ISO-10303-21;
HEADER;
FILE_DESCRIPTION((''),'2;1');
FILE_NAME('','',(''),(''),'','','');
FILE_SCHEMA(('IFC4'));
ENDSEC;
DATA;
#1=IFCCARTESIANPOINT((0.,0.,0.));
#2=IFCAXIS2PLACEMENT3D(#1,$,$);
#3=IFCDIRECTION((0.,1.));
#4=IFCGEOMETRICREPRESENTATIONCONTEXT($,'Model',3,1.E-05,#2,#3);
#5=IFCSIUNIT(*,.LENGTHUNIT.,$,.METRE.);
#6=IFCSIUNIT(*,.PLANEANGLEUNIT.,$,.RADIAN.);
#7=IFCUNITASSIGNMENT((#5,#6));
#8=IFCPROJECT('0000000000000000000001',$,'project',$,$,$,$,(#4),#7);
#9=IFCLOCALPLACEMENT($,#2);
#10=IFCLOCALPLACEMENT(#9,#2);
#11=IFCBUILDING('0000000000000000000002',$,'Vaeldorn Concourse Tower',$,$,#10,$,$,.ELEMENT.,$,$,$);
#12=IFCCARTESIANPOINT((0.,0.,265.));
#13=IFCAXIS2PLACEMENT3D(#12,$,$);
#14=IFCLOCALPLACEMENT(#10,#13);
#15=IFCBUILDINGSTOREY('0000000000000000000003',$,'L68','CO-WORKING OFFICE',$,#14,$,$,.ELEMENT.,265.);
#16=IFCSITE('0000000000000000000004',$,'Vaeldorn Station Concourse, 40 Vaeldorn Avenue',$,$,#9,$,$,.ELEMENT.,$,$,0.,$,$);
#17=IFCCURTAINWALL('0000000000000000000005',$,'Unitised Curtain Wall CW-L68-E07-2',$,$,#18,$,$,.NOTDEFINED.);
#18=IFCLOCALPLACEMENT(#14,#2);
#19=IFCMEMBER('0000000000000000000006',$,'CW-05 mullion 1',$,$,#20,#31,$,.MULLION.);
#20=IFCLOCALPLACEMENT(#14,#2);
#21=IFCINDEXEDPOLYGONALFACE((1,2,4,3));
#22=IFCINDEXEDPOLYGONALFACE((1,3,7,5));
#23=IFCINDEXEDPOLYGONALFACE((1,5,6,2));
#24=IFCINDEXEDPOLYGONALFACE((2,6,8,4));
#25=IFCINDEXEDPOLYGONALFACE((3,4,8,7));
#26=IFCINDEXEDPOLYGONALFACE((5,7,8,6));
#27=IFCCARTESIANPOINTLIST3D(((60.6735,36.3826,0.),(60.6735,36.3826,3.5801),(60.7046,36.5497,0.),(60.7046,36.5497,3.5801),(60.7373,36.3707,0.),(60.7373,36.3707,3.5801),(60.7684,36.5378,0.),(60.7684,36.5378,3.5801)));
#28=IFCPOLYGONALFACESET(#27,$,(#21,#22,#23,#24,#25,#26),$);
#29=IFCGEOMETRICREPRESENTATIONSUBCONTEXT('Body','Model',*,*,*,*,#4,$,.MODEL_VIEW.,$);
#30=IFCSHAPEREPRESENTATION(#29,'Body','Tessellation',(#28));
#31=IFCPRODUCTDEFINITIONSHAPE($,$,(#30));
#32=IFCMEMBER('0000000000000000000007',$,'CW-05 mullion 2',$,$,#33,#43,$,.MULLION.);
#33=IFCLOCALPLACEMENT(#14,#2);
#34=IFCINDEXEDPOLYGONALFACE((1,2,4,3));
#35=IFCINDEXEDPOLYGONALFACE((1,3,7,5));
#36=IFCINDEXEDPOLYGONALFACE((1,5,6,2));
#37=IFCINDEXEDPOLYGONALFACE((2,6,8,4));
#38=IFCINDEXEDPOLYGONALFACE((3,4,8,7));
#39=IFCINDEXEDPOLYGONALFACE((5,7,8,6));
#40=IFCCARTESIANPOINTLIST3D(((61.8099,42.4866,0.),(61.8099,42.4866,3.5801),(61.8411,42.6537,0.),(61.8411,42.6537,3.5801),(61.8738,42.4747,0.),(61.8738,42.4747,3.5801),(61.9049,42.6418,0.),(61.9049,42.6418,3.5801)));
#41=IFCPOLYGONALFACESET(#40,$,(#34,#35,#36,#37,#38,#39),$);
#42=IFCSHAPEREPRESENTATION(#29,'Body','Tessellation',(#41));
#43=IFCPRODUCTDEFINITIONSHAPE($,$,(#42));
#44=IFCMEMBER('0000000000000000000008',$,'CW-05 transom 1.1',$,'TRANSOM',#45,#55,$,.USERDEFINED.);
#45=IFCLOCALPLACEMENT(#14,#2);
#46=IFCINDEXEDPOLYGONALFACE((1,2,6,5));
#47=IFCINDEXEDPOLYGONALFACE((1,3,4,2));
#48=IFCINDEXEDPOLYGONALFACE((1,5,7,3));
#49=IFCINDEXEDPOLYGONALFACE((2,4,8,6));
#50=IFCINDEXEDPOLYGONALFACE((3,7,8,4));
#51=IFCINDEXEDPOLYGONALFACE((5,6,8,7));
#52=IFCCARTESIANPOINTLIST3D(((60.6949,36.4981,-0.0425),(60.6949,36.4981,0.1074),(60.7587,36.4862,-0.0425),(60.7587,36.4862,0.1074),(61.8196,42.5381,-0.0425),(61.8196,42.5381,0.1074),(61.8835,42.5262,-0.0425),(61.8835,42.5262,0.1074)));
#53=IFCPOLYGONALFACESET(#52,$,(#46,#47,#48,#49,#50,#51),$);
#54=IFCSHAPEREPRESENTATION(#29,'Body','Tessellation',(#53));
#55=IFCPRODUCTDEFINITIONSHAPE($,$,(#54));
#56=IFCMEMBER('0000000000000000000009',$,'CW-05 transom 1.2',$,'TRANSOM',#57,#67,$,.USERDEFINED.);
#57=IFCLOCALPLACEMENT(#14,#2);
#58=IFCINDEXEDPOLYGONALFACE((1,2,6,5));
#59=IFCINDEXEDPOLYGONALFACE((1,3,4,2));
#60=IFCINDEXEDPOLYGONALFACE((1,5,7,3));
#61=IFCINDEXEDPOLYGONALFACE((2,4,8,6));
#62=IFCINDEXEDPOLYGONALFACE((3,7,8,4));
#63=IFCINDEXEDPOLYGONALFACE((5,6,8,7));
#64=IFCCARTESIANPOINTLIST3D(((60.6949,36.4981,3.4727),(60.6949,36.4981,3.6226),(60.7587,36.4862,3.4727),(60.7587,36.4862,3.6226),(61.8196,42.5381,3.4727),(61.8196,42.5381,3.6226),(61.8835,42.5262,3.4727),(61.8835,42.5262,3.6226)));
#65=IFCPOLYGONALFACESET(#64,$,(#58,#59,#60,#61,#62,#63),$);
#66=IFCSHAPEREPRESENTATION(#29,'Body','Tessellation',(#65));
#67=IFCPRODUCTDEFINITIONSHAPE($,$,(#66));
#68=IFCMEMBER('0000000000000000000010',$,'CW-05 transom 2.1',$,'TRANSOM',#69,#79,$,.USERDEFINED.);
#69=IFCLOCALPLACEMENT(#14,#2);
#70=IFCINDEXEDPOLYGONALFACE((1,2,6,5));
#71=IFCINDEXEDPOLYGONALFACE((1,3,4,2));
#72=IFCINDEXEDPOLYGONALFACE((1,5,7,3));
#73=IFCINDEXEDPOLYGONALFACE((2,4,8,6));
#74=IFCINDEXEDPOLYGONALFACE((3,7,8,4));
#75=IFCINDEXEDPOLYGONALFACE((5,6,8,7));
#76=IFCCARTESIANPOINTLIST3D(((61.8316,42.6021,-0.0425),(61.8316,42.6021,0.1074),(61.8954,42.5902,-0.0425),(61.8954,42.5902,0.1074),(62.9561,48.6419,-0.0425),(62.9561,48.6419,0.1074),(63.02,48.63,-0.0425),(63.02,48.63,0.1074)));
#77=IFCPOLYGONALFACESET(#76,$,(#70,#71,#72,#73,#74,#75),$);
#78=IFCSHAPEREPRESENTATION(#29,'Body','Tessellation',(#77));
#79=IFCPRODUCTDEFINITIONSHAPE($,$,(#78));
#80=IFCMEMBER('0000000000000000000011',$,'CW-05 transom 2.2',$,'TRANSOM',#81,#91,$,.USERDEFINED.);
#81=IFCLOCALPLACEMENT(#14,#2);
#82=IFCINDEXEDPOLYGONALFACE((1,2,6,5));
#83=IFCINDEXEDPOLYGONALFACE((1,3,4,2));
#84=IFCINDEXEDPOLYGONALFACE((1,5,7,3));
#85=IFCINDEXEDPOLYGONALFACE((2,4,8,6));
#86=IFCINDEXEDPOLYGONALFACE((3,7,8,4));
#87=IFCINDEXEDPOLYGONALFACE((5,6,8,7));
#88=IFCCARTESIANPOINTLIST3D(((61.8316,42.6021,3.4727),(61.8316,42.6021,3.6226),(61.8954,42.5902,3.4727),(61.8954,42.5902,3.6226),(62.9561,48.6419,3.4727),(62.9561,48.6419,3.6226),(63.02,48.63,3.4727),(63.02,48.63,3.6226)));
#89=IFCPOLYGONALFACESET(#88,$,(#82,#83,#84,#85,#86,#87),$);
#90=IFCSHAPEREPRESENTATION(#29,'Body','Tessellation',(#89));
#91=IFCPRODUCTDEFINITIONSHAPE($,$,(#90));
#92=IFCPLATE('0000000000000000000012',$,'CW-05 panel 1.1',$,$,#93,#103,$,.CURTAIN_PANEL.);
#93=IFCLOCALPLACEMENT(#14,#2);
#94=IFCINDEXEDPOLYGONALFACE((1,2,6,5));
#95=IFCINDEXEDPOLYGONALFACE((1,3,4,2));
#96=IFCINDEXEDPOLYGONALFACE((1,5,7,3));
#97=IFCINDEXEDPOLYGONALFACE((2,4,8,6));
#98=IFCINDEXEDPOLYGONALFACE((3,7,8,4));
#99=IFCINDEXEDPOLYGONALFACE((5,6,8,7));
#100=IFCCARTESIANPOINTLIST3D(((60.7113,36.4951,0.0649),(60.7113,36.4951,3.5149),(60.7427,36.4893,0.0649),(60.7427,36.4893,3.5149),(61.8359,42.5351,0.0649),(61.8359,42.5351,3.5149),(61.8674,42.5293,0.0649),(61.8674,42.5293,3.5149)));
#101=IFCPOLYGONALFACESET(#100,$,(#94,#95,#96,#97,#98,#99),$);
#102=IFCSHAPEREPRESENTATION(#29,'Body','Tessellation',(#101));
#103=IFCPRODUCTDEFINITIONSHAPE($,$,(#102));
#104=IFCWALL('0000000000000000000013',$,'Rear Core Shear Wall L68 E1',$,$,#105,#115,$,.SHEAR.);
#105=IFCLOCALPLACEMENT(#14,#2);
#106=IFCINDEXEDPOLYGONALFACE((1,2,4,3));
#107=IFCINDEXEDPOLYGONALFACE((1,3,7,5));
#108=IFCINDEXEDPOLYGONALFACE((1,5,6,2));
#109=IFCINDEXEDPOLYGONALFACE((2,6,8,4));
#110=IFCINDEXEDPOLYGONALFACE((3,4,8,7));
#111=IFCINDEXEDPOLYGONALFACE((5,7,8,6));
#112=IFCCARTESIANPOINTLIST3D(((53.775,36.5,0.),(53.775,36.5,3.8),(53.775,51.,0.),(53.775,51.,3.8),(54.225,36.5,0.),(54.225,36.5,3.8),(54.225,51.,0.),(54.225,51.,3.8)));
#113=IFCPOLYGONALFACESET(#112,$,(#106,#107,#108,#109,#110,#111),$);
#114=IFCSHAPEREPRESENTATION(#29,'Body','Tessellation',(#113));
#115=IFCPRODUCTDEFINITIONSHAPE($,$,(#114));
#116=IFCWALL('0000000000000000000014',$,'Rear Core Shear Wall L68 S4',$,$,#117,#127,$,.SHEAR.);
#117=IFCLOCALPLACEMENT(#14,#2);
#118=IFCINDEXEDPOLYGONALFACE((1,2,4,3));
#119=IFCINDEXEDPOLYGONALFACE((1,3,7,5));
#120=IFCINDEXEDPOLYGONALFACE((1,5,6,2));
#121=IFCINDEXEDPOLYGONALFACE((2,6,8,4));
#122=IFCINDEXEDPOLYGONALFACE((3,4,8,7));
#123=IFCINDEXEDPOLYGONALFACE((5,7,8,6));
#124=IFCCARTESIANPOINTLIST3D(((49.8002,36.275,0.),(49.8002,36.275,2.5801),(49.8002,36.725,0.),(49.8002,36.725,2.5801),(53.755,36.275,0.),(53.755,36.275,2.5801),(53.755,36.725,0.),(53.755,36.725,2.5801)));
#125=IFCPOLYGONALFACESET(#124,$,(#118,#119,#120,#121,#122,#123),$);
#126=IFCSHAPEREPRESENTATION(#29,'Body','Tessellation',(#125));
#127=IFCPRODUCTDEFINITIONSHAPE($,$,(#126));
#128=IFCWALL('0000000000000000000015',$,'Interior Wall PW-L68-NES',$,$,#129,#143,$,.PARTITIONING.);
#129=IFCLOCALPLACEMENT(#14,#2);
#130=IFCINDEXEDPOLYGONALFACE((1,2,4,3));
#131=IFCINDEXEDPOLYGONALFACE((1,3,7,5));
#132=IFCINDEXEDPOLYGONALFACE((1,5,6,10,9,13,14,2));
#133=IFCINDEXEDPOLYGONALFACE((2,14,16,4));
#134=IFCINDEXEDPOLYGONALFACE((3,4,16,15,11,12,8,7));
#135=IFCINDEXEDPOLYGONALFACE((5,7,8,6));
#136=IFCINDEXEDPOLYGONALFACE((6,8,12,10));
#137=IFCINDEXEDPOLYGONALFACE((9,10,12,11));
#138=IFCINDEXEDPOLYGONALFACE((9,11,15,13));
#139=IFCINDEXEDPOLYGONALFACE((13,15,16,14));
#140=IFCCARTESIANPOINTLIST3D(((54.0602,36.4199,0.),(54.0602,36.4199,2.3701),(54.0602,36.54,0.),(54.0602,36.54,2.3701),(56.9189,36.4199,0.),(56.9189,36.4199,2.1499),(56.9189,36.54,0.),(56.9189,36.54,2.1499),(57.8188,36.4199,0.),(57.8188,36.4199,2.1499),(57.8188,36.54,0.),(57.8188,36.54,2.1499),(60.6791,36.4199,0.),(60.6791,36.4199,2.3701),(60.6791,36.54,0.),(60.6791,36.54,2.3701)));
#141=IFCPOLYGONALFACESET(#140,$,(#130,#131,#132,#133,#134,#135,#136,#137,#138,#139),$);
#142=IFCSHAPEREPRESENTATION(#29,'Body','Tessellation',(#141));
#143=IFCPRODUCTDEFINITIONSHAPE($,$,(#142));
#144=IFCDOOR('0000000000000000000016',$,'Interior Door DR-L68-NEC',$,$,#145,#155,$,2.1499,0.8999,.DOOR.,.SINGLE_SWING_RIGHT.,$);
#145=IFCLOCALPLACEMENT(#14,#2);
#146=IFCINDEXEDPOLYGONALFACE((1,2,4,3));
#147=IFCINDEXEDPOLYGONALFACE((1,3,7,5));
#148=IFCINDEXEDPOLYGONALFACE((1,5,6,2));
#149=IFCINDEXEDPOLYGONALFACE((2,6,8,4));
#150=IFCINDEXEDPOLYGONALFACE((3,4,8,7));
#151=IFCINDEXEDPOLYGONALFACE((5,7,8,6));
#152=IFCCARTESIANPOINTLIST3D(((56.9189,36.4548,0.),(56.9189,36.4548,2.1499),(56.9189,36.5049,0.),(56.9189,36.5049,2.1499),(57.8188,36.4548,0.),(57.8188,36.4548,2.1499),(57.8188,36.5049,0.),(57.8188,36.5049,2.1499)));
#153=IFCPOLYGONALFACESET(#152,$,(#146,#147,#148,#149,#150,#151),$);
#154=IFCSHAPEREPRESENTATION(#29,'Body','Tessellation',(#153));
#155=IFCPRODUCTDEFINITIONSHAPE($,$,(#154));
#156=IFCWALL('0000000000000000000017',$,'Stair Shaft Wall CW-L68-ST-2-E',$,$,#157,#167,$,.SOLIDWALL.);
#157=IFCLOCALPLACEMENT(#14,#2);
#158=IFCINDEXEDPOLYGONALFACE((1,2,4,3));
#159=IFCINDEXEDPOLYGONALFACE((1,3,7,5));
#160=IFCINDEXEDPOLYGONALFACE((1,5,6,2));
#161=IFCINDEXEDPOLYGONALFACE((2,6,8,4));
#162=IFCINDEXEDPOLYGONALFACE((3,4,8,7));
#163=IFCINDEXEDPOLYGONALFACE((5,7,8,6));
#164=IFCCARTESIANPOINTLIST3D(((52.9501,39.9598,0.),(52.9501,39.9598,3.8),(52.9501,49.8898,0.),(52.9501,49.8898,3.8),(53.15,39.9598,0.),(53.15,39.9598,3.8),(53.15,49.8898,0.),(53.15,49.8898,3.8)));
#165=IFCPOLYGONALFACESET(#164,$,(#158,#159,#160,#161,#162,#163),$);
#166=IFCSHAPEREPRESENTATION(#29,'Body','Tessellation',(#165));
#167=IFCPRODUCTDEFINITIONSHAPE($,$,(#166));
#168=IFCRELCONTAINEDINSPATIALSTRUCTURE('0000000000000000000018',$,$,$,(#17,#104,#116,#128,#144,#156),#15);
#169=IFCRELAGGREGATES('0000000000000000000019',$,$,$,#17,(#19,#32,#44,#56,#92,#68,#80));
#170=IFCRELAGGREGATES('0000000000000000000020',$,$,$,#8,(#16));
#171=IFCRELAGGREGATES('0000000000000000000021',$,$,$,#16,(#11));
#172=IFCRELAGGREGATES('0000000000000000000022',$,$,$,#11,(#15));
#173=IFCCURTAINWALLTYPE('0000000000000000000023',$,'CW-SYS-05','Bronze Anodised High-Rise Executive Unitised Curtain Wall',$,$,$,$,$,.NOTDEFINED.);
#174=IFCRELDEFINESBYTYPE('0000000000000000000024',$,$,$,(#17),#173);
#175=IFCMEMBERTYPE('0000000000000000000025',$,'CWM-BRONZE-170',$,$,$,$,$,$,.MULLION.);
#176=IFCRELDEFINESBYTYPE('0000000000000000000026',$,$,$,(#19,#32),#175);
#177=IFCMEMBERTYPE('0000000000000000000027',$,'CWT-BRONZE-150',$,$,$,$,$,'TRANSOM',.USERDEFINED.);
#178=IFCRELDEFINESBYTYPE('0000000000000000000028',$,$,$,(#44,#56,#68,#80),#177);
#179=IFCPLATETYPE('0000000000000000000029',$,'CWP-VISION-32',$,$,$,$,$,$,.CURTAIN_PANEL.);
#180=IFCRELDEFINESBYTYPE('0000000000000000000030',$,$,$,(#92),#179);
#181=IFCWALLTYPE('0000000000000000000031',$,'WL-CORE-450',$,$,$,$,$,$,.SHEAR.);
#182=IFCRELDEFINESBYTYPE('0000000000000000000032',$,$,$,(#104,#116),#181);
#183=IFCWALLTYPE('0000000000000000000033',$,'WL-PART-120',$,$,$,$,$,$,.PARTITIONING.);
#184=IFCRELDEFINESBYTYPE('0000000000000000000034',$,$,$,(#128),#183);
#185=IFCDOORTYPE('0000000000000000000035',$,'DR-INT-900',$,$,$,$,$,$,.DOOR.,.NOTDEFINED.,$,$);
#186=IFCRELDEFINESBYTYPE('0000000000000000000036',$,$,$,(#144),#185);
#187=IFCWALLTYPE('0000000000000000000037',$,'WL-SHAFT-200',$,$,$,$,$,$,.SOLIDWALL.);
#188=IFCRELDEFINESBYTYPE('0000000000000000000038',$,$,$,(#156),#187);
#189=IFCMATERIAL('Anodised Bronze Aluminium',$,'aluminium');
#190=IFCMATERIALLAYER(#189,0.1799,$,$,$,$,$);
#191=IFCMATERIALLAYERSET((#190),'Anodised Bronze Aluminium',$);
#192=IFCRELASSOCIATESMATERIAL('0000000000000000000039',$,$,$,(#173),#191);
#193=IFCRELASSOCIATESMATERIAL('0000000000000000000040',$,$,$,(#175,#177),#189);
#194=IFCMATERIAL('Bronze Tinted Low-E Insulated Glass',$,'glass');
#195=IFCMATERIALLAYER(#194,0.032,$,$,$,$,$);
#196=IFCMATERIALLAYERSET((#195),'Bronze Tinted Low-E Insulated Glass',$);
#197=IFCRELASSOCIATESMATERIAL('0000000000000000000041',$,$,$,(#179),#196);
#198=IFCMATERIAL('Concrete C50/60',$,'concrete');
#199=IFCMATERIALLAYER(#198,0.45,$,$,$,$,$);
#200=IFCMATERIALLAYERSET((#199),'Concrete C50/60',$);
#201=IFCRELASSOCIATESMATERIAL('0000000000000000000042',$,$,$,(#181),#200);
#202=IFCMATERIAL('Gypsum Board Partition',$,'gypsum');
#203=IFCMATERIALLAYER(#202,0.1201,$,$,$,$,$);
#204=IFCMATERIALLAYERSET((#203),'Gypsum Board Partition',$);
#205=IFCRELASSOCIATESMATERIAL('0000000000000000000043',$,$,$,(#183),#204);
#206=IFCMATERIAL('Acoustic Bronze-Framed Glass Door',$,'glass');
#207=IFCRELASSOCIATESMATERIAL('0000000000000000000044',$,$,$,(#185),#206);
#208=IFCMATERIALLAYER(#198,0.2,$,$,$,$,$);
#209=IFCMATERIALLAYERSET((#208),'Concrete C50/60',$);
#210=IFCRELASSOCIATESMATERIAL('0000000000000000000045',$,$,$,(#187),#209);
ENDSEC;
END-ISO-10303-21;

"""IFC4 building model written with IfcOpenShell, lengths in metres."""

from ifc_helpers import new_model, si_unit, direction, frame, frame_2d, origin, origin_2d, place, context, subcontext, project, spatial, rectangle, extrude, source, transform, mapped, material, layer, layer_set, material_profile, profile_set, type_object, element, fill, aggregate, save


model = new_model("IFC4")

# Units and contexts
model_context = context("Model", 3, precision=1e-05, world=origin(), true_north=direction((0.0, 1.0)))
body_context = subcontext(model_context, "Body", "Model", "MODEL_VIEW")
ifc_project = project(units=[si_unit("LENGTHUNIT", "METRE"), si_unit("PLANEANGLEUNIT", "RADIAN")], contexts=[model_context])

# Site, building, storey
site_placement = place(None, origin())
site = spatial("IfcSite", under=ifc_project, at=site_placement, Name="Vaeldorn Station Concourse, 40 Vaeldorn Avenue", CompositionType="ELEMENT", RefElevation=0.0)
building_placement = place(site_placement, origin())
building = spatial("IfcBuilding", under=site, at=building_placement, Name="Vaeldorn Concourse Tower", CompositionType="ELEMENT")
storey_placement = place(building_placement, frame((0.0, 0.0, 265.0)))
storey = spatial("IfcBuildingStorey", under=building, at=storey_placement, Name="L68", Description="CO-WORKING OFFICE", CompositionType="ELEMENT", Elevation=265.0)

# Shared definitions
ifc_material_1 = material(Name="Concrete C50/60", Category="concrete")

# Curtain wall, members, plate
ifc_material_2 = material(Name="Anodised Bronze Aluminium", Category="aluminium")
ifc_layer_1 = layer(ifc_material_2, 0.1799)
ifc_layer_set_1 = layer_set([ifc_layer_1], Name="Anodised Bronze Aluminium")
curtain_wall_type = type_object("IfcCurtainWallType", Name="CW-SYS-05", Description="Bronze Anodised High-Rise Executive Unitised Curtain Wall", PredefinedType="NOTDEFINED", material=ifc_layer_set_1)
curtain_wall_placement = place(storey_placement, origin())
curtain_wall = element("IfcCurtainWall", 1, at=curtain_wall_placement, inside=storey, type_object=curtain_wall_type, Name="Unitised Curtain Wall CW-L68-E07-2", PredefinedType="NOTDEFINED")
ifc_material_profile_1 = material_profile(ifc_material_2, rectangle(XDim=0.0649, YDim=0.1699, at=origin_2d()), Name="CWM 65x170")
ifc_profile_set_1 = profile_set([ifc_material_profile_1], Name="Anodised Bronze Aluminium")
member_type_1 = type_object("IfcMemberType", Name="CWM-BRONZE-170", PredefinedType="MULLION", material=ifc_profile_set_1)
shared_shape_1 = source(origin(), body_context, "Body", "SweptSolid", [
    extrude(rectangle(XDim=0.0649, YDim=0.1699, at=origin_2d()), origin(), (0.0, 0.0, 1.0), 3.5801),
])
member_1_placement = place(storey_placement, frame((60.7209, 36.4602, 0.0), z_axis=(0.0, 0.0, 1.0), x_axis=(-0.983103, 0.183054, 0.0)))
member_1 = element("IfcMember", 2, at=member_1_placement, type_object=member_type_1, Name="CW-05 mullion 1", PredefinedType="MULLION", context=body_context, shape_type="MappedRepresentation", body=[
    mapped(shared_shape_1, transform((0.0, 0.0, 0.0), scale=1.0)),
])
member_2_placement = place(storey_placement, frame((61.8574, 42.5642, 0.0), z_axis=(0.0, 0.0, 1.0), x_axis=(-0.983103, 0.183054, 0.0)))
member_2 = element("IfcMember", 3, at=member_2_placement, type_object=member_type_1, Name="CW-05 mullion 2", PredefinedType="MULLION", context=body_context, shape_type="MappedRepresentation", body=[
    mapped(shared_shape_1, transform((0.0, 0.0, 0.0), scale=1.0)),
])
ifc_material_profile_2 = material_profile(ifc_material_2, rectangle(XDim=0.0649, YDim=0.1499, at=origin_2d()), Name="CWT 65x150")
ifc_profile_set_2 = profile_set([ifc_material_profile_2], Name="Anodised Bronze Aluminium")
member_type_2 = type_object("IfcMemberType", Name="CWT-BRONZE-150", ElementType="TRANSOM", PredefinedType="USERDEFINED", material=ifc_profile_set_2)
shared_shape_2 = source(origin(), body_context, "Body", "SweptSolid", [
    extrude(rectangle(XDim=0.0649, YDim=0.1499, at=origin_2d()), origin(), (0.0, 0.0, 1.0), 6.1438),
])
member_3_placement = place(storey_placement, frame((60.7268, 36.4922, 0.0325), z_axis=(0.18307, 0.9831, 0.0), x_axis=(-0.9831, 0.18307, 0.0)))
member_3 = element("IfcMember", 4, at=member_3_placement, type_object=member_type_2, Name="CW-05 transom 1.1", ObjectType="TRANSOM", PredefinedType="USERDEFINED", context=body_context, shape_type="MappedRepresentation", body=[
    mapped(shared_shape_2, transform((0.0, 0.0, 0.0), scale=1.0)),
])
member_4_placement = place(storey_placement, frame((60.7268, 36.4922, 3.5476), z_axis=(0.18307, 0.9831, 0.0), x_axis=(-0.9831, 0.18307, 0.0)))
member_4 = element("IfcMember", 5, at=member_4_placement, type_object=member_type_2, Name="CW-05 transom 1.2", ObjectType="TRANSOM", PredefinedType="USERDEFINED", context=body_context, shape_type="MappedRepresentation", body=[
    mapped(shared_shape_2, transform((0.0, 0.0, 0.0), scale=1.0)),
])
shared_shape_3 = source(origin(), body_context, "Body", "SweptSolid", [
    extrude(rectangle(XDim=0.0649, YDim=0.1499, at=origin_2d()), origin(), (0.0, 0.0, 1.0), 6.1436),
])
member_5_placement = place(storey_placement, frame((61.8635, 42.5962, 0.0325), z_axis=(0.183038, 0.983106, 0.0), x_axis=(-0.983106, 0.183038, 0.0)))
member_5 = element("IfcMember", 6, at=member_5_placement, type_object=member_type_2, Name="CW-05 transom 2.1", ObjectType="TRANSOM", PredefinedType="USERDEFINED", context=body_context, shape_type="MappedRepresentation", body=[
    mapped(shared_shape_3, transform((0.0, 0.0, 0.0), scale=1.0)),
])
member_6_placement = place(storey_placement, frame((61.8635, 42.5962, 3.5476), z_axis=(0.183038, 0.983106, 0.0), x_axis=(-0.983106, 0.183038, 0.0)))
member_6 = element("IfcMember", 7, at=member_6_placement, type_object=member_type_2, Name="CW-05 transom 2.2", ObjectType="TRANSOM", PredefinedType="USERDEFINED", context=body_context, shape_type="MappedRepresentation", body=[
    mapped(shared_shape_3, transform((0.0, 0.0, 0.0), scale=1.0)),
])
ifc_material_3 = material(Name="Bronze Tinted Low-E Insulated Glass", Category="glass")
ifc_layer_2 = layer(ifc_material_3, 0.032)
ifc_layer_set_2 = layer_set([ifc_layer_2], Name="Bronze Tinted Low-E Insulated Glass")
plate_type = type_object("IfcPlateType", Name="CWP-VISION-32", PredefinedType="CURTAIN_PANEL", material=ifc_layer_set_2)
shared_shape_4 = source(origin(), body_context, "Body", "SweptSolid", [
    extrude(rectangle(XDim=6.1438, YDim=0.032, at=origin_2d()), origin(), (0.0, 0.0, 1.0), 3.45),
])
plate_placement = place(storey_placement, frame((61.2893, 39.5122, 0.0649), z_axis=(0.0, 0.0, 1.0), x_axis=(0.183054, 0.983103, 0.0)))
plate = element("IfcPlate", 8, at=plate_placement, type_object=plate_type, Name="CW-05 panel 1.1", PredefinedType="CURTAIN_PANEL", context=body_context, shape_type="MappedRepresentation", body=[
    mapped(shared_shape_4, transform((0.0, 0.0, 0.0), scale=1.0)),
])
aggregate(curtain_wall, [member_1, member_2, member_3, member_4, plate, member_5, member_6])

# Walls
ifc_layer_3 = layer(ifc_material_1, 0.45)
ifc_layer_set_3 = layer_set([ifc_layer_3], Name="Concrete C50/60")
wall_type_1 = type_object("IfcWallType", Name="WL-CORE-450", PredefinedType="SHEAR", material=ifc_layer_set_3)
wall_1_placement = place(storey_placement, frame((54.0, 36.5, 0.0), z_axis=(0.0, 0.0, 1.0), x_axis=(0.0, 1.0, 0.0)))
element("IfcWall", 9, at=wall_1_placement, inside=storey, type_object=wall_type_1, Name="Rear Core Shear Wall L68 E1", PredefinedType="SHEAR", context=body_context, shape_type="SweptSolid", body=[
    extrude(rectangle(XDim=14.5, YDim=0.45, at=frame_2d((7.25, 0.0))), origin(), (0.0, 0.0, 1.0), 3.8),
])
wall_2_placement = place(storey_placement, frame((49.8, 36.5, 0.0), z_axis=(0.0, 0.0, 1.0), x_axis=(1.0, 0.0, 0.0)))
element("IfcWall", 10, at=wall_2_placement, inside=storey, type_object=wall_type_1, Name="Rear Core Shear Wall L68 S4", PredefinedType="SHEAR", context=body_context, shape_type="SweptSolid", body=[
    extrude(rectangle(XDim=3.9548, YDim=0.45, at=frame_2d((1.9775, 0.0))), origin(), (0.0, 0.0, 1.0), 2.5801),
])

# Wall, opening, door
ifc_material_4 = material(Name="Gypsum Board Partition", Category="gypsum")
ifc_layer_4 = layer(ifc_material_4, 0.1201)
ifc_layer_set_4 = layer_set([ifc_layer_4], Name="Gypsum Board Partition")
wall_type_2 = type_object("IfcWallType", Name="WL-PART-120", PredefinedType="PARTITIONING", material=ifc_layer_set_4)
wall_3_placement = place(storey_placement, frame((54.0601, 36.48, 0.0), z_axis=(0.0, 0.0, 1.0), x_axis=(1.0, 0.0, 0.0)))
wall_3 = element("IfcWall", 11, at=wall_3_placement, inside=storey, type_object=wall_type_2, Name="Interior Wall PW-L68-NES", PredefinedType="PARTITIONING", context=body_context, shape_type="SweptSolid", body=[
    extrude(rectangle(XDim=6.6189, YDim=0.1201, at=frame_2d((3.3096, 0.0))), origin(), (0.0, 0.0, 1.0), 2.3701),
])
opening_placement = place(wall_3_placement, frame((2.8589, 0.0, 0.0)))
opening = element("IfcOpeningElement", 12, at=opening_placement, cuts=wall_3, PredefinedType="OPENING", context=body_context, shape_type="SweptSolid", body=[
    extrude(rectangle(XDim=0.8999, YDim=2.1499, at=frame_2d((0.45, 1.075))), frame((0.0, 0.0701, 0.0), z_axis=(0.0, -1.0, 0.0), x_axis=(1.0, 0.0, 0.0)), (0.0, 0.0, 1.0), 0.1401),
])
ifc_material_5 = material(Name="Acoustic Bronze-Framed Glass Door", Category="glass")
door_type = type_object("IfcDoorType", Name="DR-INT-900", OperationType="NOTDEFINED", PredefinedType="DOOR", material=ifc_material_5)
shared_shape_5 = source(origin(), body_context, "Body", "SweptSolid", [
    extrude(rectangle(XDim=0.8999, YDim=2.1499, at=frame_2d((0.45, 1.075))), frame((0.0, 0.0249, 0.0), z_axis=(0.0, -1.0, 0.0), x_axis=(1.0, 0.0, 0.0)), (0.0, 0.0, 1.0), 0.05),
])
door_placement = place(opening_placement, origin())
door = element("IfcDoor", 13, at=door_placement, inside=storey, type_object=door_type, Name="Interior Door DR-L68-NEC", OperationType="SINGLE_SWING_RIGHT", OverallHeight=2.1499, OverallWidth=0.8999, PredefinedType="DOOR", context=body_context, shape_type="MappedRepresentation", body=[
    mapped(shared_shape_5, transform((0.0, 0.0, 0.0), scale=1.0)),
])
fill(opening, door)

# Wall
ifc_layer_5 = layer(ifc_material_1, 0.2)
ifc_layer_set_5 = layer_set([ifc_layer_5], Name="Concrete C50/60")
wall_type_3 = type_object("IfcWallType", Name="WL-SHAFT-200", PredefinedType="SOLIDWALL", material=ifc_layer_set_5)
wall_4_placement = place(storey_placement, frame((53.05, 39.96, 0.0), z_axis=(0.0, 0.0, 1.0), x_axis=(0.0, 1.0, 0.0)))
element("IfcWall", 14, at=wall_4_placement, inside=storey, type_object=wall_type_3, Name="Stair Shaft Wall CW-L68-ST-2-E", PredefinedType="SOLIDWALL", context=body_context, shape_type="SweptSolid", body=[
    extrude(rectangle(XDim=9.9299, YDim=0.2, at=frame_2d((4.9648, 0.0))), origin(), (0.0, 0.0, 1.0), 3.8),
])

save(model, "model.ifc")
